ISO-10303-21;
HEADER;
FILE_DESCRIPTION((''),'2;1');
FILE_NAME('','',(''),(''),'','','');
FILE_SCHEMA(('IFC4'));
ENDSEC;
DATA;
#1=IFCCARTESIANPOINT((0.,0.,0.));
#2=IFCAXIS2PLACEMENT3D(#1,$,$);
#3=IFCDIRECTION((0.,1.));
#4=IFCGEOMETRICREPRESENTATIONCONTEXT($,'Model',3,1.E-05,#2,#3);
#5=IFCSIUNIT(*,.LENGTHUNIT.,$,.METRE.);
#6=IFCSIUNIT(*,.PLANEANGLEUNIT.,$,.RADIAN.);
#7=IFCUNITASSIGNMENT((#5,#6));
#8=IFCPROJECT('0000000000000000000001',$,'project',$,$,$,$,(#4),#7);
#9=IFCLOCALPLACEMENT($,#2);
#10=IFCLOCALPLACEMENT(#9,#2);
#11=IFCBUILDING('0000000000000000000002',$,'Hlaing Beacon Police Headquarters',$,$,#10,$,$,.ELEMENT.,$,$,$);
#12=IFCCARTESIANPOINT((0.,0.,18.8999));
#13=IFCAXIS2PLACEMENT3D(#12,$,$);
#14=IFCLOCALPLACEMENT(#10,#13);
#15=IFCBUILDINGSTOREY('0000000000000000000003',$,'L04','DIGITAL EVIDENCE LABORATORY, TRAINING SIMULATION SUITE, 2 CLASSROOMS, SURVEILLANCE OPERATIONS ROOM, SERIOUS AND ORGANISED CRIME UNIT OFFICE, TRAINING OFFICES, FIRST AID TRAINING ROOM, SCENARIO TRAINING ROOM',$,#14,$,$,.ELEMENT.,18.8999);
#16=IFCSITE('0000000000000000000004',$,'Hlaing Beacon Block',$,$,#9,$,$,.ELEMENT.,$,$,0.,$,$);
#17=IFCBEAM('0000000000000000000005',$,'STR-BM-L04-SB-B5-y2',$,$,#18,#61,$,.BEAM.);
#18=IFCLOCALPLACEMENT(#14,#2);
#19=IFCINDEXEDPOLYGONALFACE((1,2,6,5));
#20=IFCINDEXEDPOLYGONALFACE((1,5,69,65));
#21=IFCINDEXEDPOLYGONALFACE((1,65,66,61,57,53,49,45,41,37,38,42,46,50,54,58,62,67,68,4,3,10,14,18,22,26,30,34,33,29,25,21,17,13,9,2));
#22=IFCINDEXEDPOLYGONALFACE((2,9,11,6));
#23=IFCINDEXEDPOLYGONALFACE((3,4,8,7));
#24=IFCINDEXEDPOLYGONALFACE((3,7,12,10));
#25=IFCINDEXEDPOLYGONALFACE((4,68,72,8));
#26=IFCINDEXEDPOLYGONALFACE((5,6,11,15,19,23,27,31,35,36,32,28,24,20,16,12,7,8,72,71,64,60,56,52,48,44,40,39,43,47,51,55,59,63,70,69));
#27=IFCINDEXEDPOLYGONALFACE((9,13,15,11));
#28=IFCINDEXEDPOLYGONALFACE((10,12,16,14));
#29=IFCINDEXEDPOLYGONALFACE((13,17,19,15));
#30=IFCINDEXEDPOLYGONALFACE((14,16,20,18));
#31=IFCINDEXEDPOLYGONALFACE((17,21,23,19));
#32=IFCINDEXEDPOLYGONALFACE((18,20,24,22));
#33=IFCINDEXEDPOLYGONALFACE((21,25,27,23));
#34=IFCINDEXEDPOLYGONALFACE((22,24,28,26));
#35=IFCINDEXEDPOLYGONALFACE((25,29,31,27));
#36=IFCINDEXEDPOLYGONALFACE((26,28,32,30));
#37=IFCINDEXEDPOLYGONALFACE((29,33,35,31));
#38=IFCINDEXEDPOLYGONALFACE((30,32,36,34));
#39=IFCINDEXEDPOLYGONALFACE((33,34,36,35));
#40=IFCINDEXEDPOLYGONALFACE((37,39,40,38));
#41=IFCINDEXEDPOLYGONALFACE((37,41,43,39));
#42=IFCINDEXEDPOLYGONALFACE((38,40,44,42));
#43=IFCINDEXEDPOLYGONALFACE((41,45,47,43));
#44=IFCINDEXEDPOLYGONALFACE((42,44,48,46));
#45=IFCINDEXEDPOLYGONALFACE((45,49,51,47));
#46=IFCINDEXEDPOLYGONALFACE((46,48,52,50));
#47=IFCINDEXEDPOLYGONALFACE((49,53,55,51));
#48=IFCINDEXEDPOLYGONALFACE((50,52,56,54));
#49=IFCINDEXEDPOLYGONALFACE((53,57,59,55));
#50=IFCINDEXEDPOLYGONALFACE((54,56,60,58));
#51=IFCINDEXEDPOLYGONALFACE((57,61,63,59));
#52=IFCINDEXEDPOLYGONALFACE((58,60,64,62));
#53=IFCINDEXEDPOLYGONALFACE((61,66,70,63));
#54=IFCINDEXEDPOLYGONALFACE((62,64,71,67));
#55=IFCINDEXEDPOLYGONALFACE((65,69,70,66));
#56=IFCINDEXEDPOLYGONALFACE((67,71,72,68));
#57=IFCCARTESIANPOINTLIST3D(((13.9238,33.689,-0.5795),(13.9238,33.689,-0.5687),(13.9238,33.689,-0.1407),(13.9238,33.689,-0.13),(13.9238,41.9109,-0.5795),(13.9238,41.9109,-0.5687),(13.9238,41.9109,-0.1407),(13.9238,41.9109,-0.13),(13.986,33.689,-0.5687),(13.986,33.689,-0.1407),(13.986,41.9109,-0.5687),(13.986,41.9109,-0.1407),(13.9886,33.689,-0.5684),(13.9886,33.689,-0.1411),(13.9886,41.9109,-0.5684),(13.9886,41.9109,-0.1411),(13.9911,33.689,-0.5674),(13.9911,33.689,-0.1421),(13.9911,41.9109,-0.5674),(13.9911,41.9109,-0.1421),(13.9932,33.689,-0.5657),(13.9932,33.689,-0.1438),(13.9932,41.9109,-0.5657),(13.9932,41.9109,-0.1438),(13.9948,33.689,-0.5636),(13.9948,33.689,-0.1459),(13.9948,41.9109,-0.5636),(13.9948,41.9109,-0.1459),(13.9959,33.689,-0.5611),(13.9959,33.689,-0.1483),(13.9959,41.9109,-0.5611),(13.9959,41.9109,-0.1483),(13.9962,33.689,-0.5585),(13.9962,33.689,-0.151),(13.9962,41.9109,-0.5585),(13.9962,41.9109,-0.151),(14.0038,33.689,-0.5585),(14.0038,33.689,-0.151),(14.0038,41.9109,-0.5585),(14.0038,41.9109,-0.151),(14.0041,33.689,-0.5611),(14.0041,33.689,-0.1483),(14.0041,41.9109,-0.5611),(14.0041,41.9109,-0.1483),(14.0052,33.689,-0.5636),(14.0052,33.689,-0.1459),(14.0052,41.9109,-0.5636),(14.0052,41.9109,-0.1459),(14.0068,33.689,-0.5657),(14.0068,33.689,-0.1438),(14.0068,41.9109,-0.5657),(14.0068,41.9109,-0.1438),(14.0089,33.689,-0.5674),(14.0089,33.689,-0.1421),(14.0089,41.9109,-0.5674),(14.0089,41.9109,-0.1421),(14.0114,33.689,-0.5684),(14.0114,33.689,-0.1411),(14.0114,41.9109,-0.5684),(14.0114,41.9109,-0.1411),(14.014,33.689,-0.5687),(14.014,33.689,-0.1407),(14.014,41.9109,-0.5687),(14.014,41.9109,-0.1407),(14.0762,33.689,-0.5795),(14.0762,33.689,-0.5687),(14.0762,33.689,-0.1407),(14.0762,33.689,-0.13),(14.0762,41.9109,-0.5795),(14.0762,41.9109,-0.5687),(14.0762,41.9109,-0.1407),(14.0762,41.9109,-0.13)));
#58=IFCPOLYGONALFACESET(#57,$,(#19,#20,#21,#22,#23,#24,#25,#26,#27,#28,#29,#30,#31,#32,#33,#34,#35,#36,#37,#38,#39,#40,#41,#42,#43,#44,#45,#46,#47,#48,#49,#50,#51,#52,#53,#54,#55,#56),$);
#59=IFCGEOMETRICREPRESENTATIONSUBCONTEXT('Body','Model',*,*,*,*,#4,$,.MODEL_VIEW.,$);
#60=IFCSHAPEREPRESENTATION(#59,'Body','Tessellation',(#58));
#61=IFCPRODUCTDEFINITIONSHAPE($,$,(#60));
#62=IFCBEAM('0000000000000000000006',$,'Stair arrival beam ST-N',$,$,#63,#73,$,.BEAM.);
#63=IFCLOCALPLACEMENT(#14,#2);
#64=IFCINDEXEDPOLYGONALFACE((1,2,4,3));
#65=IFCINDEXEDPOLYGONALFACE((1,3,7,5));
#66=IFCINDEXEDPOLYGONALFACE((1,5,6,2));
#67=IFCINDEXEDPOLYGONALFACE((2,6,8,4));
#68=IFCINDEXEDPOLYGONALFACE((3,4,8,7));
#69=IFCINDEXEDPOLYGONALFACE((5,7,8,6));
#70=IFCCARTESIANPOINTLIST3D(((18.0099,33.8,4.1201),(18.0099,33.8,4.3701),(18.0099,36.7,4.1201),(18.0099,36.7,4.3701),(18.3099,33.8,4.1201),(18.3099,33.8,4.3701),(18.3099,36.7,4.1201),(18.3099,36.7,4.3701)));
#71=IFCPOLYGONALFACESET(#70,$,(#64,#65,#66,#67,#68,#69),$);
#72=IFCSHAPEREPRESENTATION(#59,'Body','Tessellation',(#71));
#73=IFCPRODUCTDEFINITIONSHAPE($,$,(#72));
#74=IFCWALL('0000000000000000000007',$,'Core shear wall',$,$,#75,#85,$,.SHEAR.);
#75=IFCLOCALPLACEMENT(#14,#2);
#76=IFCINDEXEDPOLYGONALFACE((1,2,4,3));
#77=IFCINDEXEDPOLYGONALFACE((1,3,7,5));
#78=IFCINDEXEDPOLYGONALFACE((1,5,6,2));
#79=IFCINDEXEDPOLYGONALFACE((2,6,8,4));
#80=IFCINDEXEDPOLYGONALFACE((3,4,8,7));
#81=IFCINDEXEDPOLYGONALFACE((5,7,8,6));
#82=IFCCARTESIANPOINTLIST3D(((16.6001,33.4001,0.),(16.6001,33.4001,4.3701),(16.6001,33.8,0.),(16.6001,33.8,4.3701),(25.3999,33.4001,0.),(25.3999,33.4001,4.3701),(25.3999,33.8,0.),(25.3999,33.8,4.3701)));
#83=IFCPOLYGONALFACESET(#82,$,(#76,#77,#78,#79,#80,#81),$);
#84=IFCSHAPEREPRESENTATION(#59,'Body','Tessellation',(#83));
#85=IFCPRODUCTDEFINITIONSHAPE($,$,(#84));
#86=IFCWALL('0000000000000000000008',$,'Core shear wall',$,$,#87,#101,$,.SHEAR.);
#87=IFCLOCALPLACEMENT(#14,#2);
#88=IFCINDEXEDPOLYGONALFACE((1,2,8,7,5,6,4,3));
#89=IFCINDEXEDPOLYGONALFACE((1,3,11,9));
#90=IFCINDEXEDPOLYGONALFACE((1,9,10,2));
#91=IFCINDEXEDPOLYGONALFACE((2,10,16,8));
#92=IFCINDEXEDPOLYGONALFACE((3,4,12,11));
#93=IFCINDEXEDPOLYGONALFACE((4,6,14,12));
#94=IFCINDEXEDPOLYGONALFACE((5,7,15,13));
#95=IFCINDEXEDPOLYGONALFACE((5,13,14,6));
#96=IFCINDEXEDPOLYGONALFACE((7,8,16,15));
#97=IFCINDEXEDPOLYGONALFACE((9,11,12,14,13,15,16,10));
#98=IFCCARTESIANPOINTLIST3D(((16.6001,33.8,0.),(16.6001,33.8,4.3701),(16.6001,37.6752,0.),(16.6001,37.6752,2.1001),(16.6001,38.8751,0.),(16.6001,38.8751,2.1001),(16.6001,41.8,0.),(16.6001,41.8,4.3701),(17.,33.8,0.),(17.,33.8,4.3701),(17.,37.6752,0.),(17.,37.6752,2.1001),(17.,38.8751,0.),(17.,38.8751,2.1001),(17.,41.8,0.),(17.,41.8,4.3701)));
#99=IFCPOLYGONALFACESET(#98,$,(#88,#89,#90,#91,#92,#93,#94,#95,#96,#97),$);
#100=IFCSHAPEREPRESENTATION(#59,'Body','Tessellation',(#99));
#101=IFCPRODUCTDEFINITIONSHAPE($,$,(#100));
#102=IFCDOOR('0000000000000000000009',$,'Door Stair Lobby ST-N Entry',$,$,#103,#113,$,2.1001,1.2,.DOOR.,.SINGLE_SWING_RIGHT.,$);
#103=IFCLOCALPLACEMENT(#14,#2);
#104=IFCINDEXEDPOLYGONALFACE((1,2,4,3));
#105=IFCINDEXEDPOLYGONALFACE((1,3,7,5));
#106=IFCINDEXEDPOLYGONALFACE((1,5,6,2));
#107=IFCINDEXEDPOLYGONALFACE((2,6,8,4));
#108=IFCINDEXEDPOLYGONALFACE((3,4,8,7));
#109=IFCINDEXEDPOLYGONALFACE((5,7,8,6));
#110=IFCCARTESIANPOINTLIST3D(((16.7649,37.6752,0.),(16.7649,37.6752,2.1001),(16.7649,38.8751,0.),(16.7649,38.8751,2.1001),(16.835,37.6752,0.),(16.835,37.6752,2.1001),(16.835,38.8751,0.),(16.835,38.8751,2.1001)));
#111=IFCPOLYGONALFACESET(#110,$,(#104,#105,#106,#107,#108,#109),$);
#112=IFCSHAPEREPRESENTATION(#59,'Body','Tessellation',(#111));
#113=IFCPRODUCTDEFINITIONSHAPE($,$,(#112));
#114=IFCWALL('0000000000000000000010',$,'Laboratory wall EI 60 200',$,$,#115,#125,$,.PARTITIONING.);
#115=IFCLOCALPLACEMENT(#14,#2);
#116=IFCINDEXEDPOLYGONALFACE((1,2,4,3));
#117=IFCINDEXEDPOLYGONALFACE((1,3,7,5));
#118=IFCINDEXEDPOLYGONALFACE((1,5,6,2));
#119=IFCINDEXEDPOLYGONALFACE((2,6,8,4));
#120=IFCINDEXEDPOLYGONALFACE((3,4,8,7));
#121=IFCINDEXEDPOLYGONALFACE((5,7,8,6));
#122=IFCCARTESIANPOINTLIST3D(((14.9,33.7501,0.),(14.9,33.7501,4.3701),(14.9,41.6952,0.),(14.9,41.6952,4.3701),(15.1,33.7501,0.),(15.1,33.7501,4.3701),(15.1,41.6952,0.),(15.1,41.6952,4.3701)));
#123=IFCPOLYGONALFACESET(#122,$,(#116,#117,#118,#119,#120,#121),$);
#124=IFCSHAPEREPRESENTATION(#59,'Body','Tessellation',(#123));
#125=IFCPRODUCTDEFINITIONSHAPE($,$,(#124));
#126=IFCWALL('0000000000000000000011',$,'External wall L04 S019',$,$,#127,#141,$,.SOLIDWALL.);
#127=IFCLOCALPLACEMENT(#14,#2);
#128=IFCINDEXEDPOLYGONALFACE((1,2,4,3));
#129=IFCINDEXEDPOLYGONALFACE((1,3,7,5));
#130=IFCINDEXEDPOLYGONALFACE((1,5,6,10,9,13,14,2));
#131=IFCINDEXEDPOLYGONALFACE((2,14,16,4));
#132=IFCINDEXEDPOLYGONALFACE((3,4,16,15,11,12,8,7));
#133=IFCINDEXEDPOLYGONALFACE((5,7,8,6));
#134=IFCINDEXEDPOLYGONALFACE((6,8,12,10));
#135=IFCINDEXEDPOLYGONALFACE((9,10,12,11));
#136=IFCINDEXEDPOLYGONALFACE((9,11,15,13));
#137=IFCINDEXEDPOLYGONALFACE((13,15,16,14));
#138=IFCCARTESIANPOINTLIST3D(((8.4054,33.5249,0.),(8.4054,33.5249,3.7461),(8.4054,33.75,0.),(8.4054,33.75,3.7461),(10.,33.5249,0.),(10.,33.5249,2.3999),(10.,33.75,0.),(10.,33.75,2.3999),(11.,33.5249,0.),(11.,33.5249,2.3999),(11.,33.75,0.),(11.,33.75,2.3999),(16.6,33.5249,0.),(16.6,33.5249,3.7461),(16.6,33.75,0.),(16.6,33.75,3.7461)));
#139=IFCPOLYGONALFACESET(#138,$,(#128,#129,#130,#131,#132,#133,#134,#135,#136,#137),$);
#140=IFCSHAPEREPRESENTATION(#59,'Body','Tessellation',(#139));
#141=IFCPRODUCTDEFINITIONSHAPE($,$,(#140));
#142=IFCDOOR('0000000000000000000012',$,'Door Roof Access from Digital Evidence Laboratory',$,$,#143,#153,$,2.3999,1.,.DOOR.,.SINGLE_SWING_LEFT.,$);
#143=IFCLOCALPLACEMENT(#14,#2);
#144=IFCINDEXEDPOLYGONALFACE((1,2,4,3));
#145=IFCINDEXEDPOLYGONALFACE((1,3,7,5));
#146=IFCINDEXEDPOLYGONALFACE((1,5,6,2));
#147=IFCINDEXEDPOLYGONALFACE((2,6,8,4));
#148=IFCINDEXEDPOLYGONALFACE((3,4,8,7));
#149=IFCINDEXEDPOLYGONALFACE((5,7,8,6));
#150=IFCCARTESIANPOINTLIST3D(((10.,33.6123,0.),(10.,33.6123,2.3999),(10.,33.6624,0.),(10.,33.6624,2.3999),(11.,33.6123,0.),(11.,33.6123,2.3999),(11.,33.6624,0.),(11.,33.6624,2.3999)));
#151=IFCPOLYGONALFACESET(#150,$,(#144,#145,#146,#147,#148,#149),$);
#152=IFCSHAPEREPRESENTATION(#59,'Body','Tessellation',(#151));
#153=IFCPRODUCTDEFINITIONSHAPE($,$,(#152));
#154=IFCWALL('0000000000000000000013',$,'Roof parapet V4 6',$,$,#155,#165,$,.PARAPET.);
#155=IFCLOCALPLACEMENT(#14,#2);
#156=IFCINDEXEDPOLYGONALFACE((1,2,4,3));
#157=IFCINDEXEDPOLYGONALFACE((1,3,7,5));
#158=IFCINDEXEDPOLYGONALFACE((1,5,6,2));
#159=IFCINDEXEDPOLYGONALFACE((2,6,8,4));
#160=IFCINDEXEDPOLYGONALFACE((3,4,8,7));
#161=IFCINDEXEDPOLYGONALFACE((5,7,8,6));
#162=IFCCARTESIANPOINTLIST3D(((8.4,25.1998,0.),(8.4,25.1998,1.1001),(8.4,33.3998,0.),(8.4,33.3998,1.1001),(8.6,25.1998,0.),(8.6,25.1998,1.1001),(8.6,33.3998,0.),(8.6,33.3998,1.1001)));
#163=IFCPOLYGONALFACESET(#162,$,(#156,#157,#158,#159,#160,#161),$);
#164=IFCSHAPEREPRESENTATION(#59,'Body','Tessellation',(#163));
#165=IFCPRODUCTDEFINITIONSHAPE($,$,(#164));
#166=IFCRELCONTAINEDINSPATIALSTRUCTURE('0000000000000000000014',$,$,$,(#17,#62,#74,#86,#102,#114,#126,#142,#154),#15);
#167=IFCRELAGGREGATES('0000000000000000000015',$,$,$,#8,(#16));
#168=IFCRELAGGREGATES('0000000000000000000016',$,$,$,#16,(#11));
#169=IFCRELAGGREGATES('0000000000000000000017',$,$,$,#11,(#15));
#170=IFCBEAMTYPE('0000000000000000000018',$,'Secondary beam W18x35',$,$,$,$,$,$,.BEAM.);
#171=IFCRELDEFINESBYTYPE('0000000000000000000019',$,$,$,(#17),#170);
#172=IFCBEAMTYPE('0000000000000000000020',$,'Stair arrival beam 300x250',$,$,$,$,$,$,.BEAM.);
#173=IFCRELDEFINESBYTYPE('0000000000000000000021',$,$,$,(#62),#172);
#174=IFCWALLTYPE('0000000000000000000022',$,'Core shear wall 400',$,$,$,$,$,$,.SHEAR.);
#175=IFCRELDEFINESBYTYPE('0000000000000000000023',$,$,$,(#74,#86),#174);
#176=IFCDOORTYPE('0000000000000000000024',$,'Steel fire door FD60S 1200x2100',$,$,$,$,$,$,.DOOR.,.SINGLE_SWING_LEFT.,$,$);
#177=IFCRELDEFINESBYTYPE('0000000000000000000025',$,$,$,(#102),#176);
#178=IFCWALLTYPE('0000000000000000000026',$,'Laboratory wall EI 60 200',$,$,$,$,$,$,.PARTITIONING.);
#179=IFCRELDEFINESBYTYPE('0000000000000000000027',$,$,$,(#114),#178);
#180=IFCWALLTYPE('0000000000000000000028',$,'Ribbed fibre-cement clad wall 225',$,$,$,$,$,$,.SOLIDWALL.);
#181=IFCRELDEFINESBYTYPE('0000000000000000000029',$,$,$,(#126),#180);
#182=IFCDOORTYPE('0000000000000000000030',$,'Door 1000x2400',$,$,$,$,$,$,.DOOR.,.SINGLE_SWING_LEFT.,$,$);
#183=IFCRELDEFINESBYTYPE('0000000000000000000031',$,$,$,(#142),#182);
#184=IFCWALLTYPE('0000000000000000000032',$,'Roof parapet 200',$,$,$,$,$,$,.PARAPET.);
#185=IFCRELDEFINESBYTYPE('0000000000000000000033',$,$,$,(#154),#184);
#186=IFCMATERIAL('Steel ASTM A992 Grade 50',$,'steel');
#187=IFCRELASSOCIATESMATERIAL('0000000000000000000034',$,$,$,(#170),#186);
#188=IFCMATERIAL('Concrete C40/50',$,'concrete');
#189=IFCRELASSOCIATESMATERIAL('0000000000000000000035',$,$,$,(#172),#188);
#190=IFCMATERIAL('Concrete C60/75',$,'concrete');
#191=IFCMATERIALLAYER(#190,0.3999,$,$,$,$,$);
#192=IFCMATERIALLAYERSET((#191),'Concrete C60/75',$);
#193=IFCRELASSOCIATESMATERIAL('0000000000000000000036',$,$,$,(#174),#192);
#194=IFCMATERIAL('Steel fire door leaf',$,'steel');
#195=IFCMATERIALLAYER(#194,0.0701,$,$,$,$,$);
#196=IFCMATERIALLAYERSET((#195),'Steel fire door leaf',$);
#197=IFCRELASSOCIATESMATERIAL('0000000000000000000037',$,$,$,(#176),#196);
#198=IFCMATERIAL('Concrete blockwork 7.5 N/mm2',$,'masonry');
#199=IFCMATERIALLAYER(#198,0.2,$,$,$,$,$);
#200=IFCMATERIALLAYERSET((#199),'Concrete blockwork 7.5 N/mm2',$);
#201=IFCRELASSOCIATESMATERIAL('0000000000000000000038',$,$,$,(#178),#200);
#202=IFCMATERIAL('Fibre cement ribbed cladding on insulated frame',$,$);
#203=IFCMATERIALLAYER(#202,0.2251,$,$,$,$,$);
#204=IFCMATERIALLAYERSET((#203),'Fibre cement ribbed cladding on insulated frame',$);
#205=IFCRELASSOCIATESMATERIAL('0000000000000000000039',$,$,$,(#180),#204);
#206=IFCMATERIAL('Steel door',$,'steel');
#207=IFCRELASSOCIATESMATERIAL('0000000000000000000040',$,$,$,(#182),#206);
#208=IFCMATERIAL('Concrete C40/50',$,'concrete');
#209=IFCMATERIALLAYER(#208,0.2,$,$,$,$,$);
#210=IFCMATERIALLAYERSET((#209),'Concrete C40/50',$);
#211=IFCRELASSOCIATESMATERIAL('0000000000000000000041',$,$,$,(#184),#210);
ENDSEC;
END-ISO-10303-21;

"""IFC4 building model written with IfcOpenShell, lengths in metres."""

from ifc_helpers import new_model, si_unit, direction, frame, frame_2d, origin, origin_2d, place, context, subcontext, project, spatial, rectangle, i_section, extrude, material, layer, layer_set, material_profile, profile_set, type_object, element, fill, save


model = new_model("IFC4")

# Units and contexts
model_context = context("Model", 3, precision=1e-05, world=origin(), true_north=direction((0.0, 1.0)))
body_context = subcontext(model_context, "Body", "Model", "MODEL_VIEW")
ifc_project = project(units=[si_unit("LENGTHUNIT", "METRE"), si_unit("PLANEANGLEUNIT", "RADIAN")], contexts=[model_context])

# Site, building, storey
site_placement = place(None, origin())
site = spatial("IfcSite", under=ifc_project, at=site_placement, Name="Hlaing Beacon Block", CompositionType="ELEMENT", RefElevation=0.0)
building_placement = place(site_placement, origin())
building = spatial("IfcBuilding", under=site, at=building_placement, Name="Hlaing Beacon Police Headquarters", CompositionType="ELEMENT")
storey_placement = place(building_placement, frame((0.0, 0.0, 18.8999)))
storey = spatial("IfcBuildingStorey", under=building, at=storey_placement, Name="L04", Description="DIGITAL EVIDENCE LABORATORY, TRAINING SIMULATION SUITE, 2 CLASSROOMS, SURVEILLANCE OPERATIONS ROOM, SERIOUS AND ORGANISED CRIME UNIT OFFICE, TRAINING OFFICES, FIRST AID TRAINING ROOM, SCENARIO TRAINING ROOM", CompositionType="ELEMENT", Elevation=18.8999)

# Beams
ifc_material_1 = material(Name="Steel ASTM A992 Grade 50", Category="steel")
ifc_material_profile_1 = material_profile(ifc_material_1, i_section(OverallWidth=0.1523, OverallDepth=0.4495, WebThickness=0.0076, FlangeThickness=0.0107, FilletRadius=0.0103, at=origin_2d()), Name="W18x35")
ifc_profile_set_1 = profile_set([ifc_material_profile_1], Name="Steel ASTM A992 Grade 50")
beam_type_1 = type_object("IfcBeamType", Name="Secondary beam W18x35", PredefinedType="BEAM", material=ifc_profile_set_1)
for number, where, z_axis, x_axis, name in (
    (1, (14.0, 33.689, -0.3547), (0.0, 1.0, 0.0), (-1.0, 0.0, 0.0), "STR-BM-L04-SB-B5-y2"),
):
    element("IfcBeam", number, at=place(storey_placement, frame(where, z_axis=z_axis, x_axis=x_axis)), inside=storey, type_object=beam_type_1, Name=name, PredefinedType="BEAM", context=body_context, shape_type="SweptSolid", body=[
        extrude(i_section(OverallWidth=0.1523, OverallDepth=0.4495, WebThickness=0.0076, FlangeThickness=0.0107, FilletRadius=0.0103, at=origin_2d()), origin(), (0.0, 0.0, 1.0), 8.2219),
    ])
ifc_material_2 = material(Name="Concrete C40/50", Category="concrete")
ifc_material_profile_2 = material_profile(ifc_material_2, rectangle(XDim=0.3, YDim=0.25, at=origin_2d()), Name="Stair arrival beam 300x250")
ifc_profile_set_2 = profile_set([ifc_material_profile_2], Name="Concrete C40/50")
beam_type_2 = type_object("IfcBeamType", Name="Stair arrival beam 300x250", PredefinedType="BEAM", material=ifc_profile_set_2)
beam_1_placement = place(storey_placement, frame((18.1599, 33.8, 4.2451), z_axis=(0.0, 1.0, 0.0), x_axis=(-1.0, 0.0, 0.0)))
element("IfcBeam", 2, at=beam_1_placement, inside=storey, type_object=beam_type_2, Name="Stair arrival beam ST-N", PredefinedType="BEAM", context=body_context, shape_type="SweptSolid", body=[
    extrude(rectangle(XDim=0.3, YDim=0.25, at=origin_2d()), origin(), (0.0, 0.0, 1.0), 2.8999),
])

# Wall
ifc_material_3 = material(Name="Concrete C60/75", Category="concrete")
ifc_layer_1 = layer(ifc_material_3, 0.3999)
ifc_layer_set_1 = layer_set([ifc_layer_1], Name="Concrete C60/75")
wall_type_1 = type_object("IfcWallType", Name="Core shear wall 400", PredefinedType="SHEAR", material=ifc_layer_set_1)
wall_1_placement = place(storey_placement, frame((16.6001, 33.6001, 0.0), z_axis=(0.0, 0.0, 1.0), x_axis=(1.0, 0.0, 0.0)))
element("IfcWall", 3, at=wall_1_placement, inside=storey, type_object=wall_type_1, Name="Core shear wall", PredefinedType="SHEAR", context=body_context, shape_type="SweptSolid", body=[
    extrude(rectangle(XDim=8.7998, YDim=0.3999, at=frame_2d((4.3999, 0.0))), origin(), (0.0, 0.0, 1.0), 4.3701),
])

# Wall, opening, door
wall_2_placement = place(storey_placement, frame((16.8, 33.8, 0.0), z_axis=(0.0, 0.0, 1.0), x_axis=(0.0, 1.0, 0.0)))
wall_2 = element("IfcWall", 4, at=wall_2_placement, inside=storey, type_object=wall_type_1, Name="Core shear wall", PredefinedType="SHEAR", context=body_context, shape_type="SweptSolid", body=[
    extrude(rectangle(XDim=8.0, YDim=0.3999, at=frame_2d((4.0, 0.0))), origin(), (0.0, 0.0, 1.0), 4.3701),
])
opening_1_placement = place(wall_2_placement, frame((3.875, 0.0, 0.0)))
opening_1 = element("IfcOpeningElement", 5, at=opening_1_placement, cuts=wall_2, PredefinedType="OPENING", context=body_context, shape_type="SweptSolid", body=[
    extrude(rectangle(XDim=1.2, YDim=2.1001, at=frame_2d((0.6001, 1.05))), frame((0.0, 0.21, 0.0), z_axis=(0.0, -1.0, 0.0), x_axis=(1.0, 0.0, 0.0)), (0.0, 0.0, 1.0), 0.4199),
])
ifc_material_4 = material(Name="Steel fire door leaf", Category="steel")
ifc_layer_2 = layer(ifc_material_4, 0.0701)
ifc_layer_set_2 = layer_set([ifc_layer_2], Name="Steel fire door leaf")
door_type_1 = type_object("IfcDoorType", Name="Steel fire door FD60S 1200x2100", OperationType="SINGLE_SWING_LEFT", PredefinedType="DOOR", material=ifc_layer_set_2)
door_1_placement = place(opening_1_placement, frame((1.2, 0.0, 0.0), z_axis=(0.0, 0.0, 1.0), x_axis=(-1.0, 0.0, 0.0)))
door_1 = element("IfcDoor", 6, at=door_1_placement, inside=storey, type_object=door_type_1, Name="Door Stair Lobby ST-N Entry", OperationType="SINGLE_SWING_RIGHT", OverallHeight=2.1001, OverallWidth=1.2, PredefinedType="DOOR", context=body_context, shape_type="SweptSolid", body=[
    extrude(rectangle(XDim=1.2, YDim=2.1001, at=frame_2d((0.5999, 1.05))), frame((0.0, 0.0349, 0.0), z_axis=(0.0, -1.0, 0.0), x_axis=(1.0, 0.0, 0.0)), (0.0, 0.0, 1.0), 0.0701),
])
fill(opening_1, door_1)

# Wall
ifc_material_5 = material(Name="Concrete blockwork 7.5 N/mm2", Category="masonry")
ifc_layer_3 = layer(ifc_material_5, 0.2)
ifc_layer_set_3 = layer_set([ifc_layer_3], Name="Concrete blockwork 7.5 N/mm2")
wall_type_2 = type_object("IfcWallType", Name="Laboratory wall EI 60 200", PredefinedType="PARTITIONING", material=ifc_layer_set_3)
wall_3_placement = place(storey_placement, frame((15.0, 33.75, 0.0), z_axis=(0.0, 0.0, 1.0), x_axis=(0.0, 1.0, 0.0)))
element("IfcWall", 7, at=wall_3_placement, inside=storey, type_object=wall_type_2, Name="Laboratory wall EI 60 200", PredefinedType="PARTITIONING", context=body_context, shape_type="SweptSolid", body=[
    extrude(rectangle(XDim=7.9451, YDim=0.2, at=frame_2d((3.9727, 0.0))), origin(), (0.0, 0.0, 1.0), 4.3701),
])

# Wall, opening, door
ifc_material_6 = material(Name="Fibre cement ribbed cladding on insulated frame")
ifc_layer_4 = layer(ifc_material_6, 0.2251)
ifc_layer_set_4 = layer_set([ifc_layer_4], Name="Fibre cement ribbed cladding on insulated frame")
wall_type_3 = type_object("IfcWallType", Name="Ribbed fibre-cement clad wall 225", PredefinedType="SOLIDWALL", material=ifc_layer_set_4)
wall_4_placement = place(storey_placement, frame((8.4055, 33.6375, 0.0), z_axis=(0.0, 0.0, 1.0), x_axis=(1.0, 0.0, 0.0)))
wall_4 = element("IfcWall", 8, at=wall_4_placement, inside=storey, type_object=wall_type_3, Name="External wall L04 S019", PredefinedType="SOLIDWALL", context=body_context, shape_type="SweptSolid", body=[
    extrude(rectangle(XDim=8.1946, YDim=0.2251, at=frame_2d((4.0972, 0.0))), origin(), (0.0, 0.0, 1.0), 3.7461),
])
opening_2_placement = place(wall_4_placement, frame((1.5945, 0.0, 0.0)))
opening_2 = element("IfcOpeningElement", 9, at=opening_2_placement, cuts=wall_4, PredefinedType="OPENING", context=body_context, shape_type="SweptSolid", body=[
    extrude(rectangle(XDim=1.0, YDim=2.3999, at=frame_2d((0.5, 1.2))), frame((0.0, 0.1226, 0.0), z_axis=(0.0, -1.0, 0.0), x_axis=(1.0, 0.0, 0.0)), (0.0, 0.0, 1.0), 0.2451),
])
ifc_material_7 = material(Name="Steel door", Category="steel")
door_type_2 = type_object("IfcDoorType", Name="Door 1000x2400", OperationType="SINGLE_SWING_LEFT", PredefinedType="DOOR", material=ifc_material_7)
door_2_placement = place(opening_2_placement, frame((1.0, 0.0, 0.0), z_axis=(0.0, 0.0, 1.0), x_axis=(-1.0, 0.0, 0.0)))
door_2 = element("IfcDoor", 10, at=door_2_placement, inside=storey, type_object=door_type_2, Name="Door Roof Access from Digital Evidence Laboratory", OperationType="SINGLE_SWING_LEFT", OverallHeight=2.3999, OverallWidth=1.0, PredefinedType="DOOR", context=body_context, shape_type="SweptSolid", body=[
    extrude(rectangle(XDim=1.0, YDim=2.3999, at=frame_2d((0.5, 1.2))), frame((0.0, 0.0251, 0.0), z_axis=(0.0, -1.0, 0.0), x_axis=(1.0, 0.0, 0.0)), (0.0, 0.0, 1.0), 0.05),
])
fill(opening_2, door_2)

# Wall
ifc_material_8 = material(Name="Concrete C40/50", Category="concrete")
ifc_layer_5 = layer(ifc_material_8, 0.2)
ifc_layer_set_5 = layer_set([ifc_layer_5], Name="Concrete C40/50")
wall_type_4 = type_object("IfcWallType", Name="Roof parapet 200", PredefinedType="PARAPET", material=ifc_layer_set_5)
wall_5_placement = place(storey_placement, frame((8.5, 33.3999, 0.0), z_axis=(0.0, 0.0, 1.0), x_axis=(0.0, -1.0, 0.0)))
element("IfcWall", 11, at=wall_5_placement, inside=storey, type_object=wall_type_4, Name="Roof parapet V4 6", PredefinedType="PARAPET", context=body_context, shape_type="SweptSolid", body=[
    extrude(rectangle(XDim=8.2, YDim=0.2, at=frame_2d((4.1001, 0.0))), origin(), (0.0, 0.0, 1.0), 1.1001),
])

save(model, "model.ifc")
